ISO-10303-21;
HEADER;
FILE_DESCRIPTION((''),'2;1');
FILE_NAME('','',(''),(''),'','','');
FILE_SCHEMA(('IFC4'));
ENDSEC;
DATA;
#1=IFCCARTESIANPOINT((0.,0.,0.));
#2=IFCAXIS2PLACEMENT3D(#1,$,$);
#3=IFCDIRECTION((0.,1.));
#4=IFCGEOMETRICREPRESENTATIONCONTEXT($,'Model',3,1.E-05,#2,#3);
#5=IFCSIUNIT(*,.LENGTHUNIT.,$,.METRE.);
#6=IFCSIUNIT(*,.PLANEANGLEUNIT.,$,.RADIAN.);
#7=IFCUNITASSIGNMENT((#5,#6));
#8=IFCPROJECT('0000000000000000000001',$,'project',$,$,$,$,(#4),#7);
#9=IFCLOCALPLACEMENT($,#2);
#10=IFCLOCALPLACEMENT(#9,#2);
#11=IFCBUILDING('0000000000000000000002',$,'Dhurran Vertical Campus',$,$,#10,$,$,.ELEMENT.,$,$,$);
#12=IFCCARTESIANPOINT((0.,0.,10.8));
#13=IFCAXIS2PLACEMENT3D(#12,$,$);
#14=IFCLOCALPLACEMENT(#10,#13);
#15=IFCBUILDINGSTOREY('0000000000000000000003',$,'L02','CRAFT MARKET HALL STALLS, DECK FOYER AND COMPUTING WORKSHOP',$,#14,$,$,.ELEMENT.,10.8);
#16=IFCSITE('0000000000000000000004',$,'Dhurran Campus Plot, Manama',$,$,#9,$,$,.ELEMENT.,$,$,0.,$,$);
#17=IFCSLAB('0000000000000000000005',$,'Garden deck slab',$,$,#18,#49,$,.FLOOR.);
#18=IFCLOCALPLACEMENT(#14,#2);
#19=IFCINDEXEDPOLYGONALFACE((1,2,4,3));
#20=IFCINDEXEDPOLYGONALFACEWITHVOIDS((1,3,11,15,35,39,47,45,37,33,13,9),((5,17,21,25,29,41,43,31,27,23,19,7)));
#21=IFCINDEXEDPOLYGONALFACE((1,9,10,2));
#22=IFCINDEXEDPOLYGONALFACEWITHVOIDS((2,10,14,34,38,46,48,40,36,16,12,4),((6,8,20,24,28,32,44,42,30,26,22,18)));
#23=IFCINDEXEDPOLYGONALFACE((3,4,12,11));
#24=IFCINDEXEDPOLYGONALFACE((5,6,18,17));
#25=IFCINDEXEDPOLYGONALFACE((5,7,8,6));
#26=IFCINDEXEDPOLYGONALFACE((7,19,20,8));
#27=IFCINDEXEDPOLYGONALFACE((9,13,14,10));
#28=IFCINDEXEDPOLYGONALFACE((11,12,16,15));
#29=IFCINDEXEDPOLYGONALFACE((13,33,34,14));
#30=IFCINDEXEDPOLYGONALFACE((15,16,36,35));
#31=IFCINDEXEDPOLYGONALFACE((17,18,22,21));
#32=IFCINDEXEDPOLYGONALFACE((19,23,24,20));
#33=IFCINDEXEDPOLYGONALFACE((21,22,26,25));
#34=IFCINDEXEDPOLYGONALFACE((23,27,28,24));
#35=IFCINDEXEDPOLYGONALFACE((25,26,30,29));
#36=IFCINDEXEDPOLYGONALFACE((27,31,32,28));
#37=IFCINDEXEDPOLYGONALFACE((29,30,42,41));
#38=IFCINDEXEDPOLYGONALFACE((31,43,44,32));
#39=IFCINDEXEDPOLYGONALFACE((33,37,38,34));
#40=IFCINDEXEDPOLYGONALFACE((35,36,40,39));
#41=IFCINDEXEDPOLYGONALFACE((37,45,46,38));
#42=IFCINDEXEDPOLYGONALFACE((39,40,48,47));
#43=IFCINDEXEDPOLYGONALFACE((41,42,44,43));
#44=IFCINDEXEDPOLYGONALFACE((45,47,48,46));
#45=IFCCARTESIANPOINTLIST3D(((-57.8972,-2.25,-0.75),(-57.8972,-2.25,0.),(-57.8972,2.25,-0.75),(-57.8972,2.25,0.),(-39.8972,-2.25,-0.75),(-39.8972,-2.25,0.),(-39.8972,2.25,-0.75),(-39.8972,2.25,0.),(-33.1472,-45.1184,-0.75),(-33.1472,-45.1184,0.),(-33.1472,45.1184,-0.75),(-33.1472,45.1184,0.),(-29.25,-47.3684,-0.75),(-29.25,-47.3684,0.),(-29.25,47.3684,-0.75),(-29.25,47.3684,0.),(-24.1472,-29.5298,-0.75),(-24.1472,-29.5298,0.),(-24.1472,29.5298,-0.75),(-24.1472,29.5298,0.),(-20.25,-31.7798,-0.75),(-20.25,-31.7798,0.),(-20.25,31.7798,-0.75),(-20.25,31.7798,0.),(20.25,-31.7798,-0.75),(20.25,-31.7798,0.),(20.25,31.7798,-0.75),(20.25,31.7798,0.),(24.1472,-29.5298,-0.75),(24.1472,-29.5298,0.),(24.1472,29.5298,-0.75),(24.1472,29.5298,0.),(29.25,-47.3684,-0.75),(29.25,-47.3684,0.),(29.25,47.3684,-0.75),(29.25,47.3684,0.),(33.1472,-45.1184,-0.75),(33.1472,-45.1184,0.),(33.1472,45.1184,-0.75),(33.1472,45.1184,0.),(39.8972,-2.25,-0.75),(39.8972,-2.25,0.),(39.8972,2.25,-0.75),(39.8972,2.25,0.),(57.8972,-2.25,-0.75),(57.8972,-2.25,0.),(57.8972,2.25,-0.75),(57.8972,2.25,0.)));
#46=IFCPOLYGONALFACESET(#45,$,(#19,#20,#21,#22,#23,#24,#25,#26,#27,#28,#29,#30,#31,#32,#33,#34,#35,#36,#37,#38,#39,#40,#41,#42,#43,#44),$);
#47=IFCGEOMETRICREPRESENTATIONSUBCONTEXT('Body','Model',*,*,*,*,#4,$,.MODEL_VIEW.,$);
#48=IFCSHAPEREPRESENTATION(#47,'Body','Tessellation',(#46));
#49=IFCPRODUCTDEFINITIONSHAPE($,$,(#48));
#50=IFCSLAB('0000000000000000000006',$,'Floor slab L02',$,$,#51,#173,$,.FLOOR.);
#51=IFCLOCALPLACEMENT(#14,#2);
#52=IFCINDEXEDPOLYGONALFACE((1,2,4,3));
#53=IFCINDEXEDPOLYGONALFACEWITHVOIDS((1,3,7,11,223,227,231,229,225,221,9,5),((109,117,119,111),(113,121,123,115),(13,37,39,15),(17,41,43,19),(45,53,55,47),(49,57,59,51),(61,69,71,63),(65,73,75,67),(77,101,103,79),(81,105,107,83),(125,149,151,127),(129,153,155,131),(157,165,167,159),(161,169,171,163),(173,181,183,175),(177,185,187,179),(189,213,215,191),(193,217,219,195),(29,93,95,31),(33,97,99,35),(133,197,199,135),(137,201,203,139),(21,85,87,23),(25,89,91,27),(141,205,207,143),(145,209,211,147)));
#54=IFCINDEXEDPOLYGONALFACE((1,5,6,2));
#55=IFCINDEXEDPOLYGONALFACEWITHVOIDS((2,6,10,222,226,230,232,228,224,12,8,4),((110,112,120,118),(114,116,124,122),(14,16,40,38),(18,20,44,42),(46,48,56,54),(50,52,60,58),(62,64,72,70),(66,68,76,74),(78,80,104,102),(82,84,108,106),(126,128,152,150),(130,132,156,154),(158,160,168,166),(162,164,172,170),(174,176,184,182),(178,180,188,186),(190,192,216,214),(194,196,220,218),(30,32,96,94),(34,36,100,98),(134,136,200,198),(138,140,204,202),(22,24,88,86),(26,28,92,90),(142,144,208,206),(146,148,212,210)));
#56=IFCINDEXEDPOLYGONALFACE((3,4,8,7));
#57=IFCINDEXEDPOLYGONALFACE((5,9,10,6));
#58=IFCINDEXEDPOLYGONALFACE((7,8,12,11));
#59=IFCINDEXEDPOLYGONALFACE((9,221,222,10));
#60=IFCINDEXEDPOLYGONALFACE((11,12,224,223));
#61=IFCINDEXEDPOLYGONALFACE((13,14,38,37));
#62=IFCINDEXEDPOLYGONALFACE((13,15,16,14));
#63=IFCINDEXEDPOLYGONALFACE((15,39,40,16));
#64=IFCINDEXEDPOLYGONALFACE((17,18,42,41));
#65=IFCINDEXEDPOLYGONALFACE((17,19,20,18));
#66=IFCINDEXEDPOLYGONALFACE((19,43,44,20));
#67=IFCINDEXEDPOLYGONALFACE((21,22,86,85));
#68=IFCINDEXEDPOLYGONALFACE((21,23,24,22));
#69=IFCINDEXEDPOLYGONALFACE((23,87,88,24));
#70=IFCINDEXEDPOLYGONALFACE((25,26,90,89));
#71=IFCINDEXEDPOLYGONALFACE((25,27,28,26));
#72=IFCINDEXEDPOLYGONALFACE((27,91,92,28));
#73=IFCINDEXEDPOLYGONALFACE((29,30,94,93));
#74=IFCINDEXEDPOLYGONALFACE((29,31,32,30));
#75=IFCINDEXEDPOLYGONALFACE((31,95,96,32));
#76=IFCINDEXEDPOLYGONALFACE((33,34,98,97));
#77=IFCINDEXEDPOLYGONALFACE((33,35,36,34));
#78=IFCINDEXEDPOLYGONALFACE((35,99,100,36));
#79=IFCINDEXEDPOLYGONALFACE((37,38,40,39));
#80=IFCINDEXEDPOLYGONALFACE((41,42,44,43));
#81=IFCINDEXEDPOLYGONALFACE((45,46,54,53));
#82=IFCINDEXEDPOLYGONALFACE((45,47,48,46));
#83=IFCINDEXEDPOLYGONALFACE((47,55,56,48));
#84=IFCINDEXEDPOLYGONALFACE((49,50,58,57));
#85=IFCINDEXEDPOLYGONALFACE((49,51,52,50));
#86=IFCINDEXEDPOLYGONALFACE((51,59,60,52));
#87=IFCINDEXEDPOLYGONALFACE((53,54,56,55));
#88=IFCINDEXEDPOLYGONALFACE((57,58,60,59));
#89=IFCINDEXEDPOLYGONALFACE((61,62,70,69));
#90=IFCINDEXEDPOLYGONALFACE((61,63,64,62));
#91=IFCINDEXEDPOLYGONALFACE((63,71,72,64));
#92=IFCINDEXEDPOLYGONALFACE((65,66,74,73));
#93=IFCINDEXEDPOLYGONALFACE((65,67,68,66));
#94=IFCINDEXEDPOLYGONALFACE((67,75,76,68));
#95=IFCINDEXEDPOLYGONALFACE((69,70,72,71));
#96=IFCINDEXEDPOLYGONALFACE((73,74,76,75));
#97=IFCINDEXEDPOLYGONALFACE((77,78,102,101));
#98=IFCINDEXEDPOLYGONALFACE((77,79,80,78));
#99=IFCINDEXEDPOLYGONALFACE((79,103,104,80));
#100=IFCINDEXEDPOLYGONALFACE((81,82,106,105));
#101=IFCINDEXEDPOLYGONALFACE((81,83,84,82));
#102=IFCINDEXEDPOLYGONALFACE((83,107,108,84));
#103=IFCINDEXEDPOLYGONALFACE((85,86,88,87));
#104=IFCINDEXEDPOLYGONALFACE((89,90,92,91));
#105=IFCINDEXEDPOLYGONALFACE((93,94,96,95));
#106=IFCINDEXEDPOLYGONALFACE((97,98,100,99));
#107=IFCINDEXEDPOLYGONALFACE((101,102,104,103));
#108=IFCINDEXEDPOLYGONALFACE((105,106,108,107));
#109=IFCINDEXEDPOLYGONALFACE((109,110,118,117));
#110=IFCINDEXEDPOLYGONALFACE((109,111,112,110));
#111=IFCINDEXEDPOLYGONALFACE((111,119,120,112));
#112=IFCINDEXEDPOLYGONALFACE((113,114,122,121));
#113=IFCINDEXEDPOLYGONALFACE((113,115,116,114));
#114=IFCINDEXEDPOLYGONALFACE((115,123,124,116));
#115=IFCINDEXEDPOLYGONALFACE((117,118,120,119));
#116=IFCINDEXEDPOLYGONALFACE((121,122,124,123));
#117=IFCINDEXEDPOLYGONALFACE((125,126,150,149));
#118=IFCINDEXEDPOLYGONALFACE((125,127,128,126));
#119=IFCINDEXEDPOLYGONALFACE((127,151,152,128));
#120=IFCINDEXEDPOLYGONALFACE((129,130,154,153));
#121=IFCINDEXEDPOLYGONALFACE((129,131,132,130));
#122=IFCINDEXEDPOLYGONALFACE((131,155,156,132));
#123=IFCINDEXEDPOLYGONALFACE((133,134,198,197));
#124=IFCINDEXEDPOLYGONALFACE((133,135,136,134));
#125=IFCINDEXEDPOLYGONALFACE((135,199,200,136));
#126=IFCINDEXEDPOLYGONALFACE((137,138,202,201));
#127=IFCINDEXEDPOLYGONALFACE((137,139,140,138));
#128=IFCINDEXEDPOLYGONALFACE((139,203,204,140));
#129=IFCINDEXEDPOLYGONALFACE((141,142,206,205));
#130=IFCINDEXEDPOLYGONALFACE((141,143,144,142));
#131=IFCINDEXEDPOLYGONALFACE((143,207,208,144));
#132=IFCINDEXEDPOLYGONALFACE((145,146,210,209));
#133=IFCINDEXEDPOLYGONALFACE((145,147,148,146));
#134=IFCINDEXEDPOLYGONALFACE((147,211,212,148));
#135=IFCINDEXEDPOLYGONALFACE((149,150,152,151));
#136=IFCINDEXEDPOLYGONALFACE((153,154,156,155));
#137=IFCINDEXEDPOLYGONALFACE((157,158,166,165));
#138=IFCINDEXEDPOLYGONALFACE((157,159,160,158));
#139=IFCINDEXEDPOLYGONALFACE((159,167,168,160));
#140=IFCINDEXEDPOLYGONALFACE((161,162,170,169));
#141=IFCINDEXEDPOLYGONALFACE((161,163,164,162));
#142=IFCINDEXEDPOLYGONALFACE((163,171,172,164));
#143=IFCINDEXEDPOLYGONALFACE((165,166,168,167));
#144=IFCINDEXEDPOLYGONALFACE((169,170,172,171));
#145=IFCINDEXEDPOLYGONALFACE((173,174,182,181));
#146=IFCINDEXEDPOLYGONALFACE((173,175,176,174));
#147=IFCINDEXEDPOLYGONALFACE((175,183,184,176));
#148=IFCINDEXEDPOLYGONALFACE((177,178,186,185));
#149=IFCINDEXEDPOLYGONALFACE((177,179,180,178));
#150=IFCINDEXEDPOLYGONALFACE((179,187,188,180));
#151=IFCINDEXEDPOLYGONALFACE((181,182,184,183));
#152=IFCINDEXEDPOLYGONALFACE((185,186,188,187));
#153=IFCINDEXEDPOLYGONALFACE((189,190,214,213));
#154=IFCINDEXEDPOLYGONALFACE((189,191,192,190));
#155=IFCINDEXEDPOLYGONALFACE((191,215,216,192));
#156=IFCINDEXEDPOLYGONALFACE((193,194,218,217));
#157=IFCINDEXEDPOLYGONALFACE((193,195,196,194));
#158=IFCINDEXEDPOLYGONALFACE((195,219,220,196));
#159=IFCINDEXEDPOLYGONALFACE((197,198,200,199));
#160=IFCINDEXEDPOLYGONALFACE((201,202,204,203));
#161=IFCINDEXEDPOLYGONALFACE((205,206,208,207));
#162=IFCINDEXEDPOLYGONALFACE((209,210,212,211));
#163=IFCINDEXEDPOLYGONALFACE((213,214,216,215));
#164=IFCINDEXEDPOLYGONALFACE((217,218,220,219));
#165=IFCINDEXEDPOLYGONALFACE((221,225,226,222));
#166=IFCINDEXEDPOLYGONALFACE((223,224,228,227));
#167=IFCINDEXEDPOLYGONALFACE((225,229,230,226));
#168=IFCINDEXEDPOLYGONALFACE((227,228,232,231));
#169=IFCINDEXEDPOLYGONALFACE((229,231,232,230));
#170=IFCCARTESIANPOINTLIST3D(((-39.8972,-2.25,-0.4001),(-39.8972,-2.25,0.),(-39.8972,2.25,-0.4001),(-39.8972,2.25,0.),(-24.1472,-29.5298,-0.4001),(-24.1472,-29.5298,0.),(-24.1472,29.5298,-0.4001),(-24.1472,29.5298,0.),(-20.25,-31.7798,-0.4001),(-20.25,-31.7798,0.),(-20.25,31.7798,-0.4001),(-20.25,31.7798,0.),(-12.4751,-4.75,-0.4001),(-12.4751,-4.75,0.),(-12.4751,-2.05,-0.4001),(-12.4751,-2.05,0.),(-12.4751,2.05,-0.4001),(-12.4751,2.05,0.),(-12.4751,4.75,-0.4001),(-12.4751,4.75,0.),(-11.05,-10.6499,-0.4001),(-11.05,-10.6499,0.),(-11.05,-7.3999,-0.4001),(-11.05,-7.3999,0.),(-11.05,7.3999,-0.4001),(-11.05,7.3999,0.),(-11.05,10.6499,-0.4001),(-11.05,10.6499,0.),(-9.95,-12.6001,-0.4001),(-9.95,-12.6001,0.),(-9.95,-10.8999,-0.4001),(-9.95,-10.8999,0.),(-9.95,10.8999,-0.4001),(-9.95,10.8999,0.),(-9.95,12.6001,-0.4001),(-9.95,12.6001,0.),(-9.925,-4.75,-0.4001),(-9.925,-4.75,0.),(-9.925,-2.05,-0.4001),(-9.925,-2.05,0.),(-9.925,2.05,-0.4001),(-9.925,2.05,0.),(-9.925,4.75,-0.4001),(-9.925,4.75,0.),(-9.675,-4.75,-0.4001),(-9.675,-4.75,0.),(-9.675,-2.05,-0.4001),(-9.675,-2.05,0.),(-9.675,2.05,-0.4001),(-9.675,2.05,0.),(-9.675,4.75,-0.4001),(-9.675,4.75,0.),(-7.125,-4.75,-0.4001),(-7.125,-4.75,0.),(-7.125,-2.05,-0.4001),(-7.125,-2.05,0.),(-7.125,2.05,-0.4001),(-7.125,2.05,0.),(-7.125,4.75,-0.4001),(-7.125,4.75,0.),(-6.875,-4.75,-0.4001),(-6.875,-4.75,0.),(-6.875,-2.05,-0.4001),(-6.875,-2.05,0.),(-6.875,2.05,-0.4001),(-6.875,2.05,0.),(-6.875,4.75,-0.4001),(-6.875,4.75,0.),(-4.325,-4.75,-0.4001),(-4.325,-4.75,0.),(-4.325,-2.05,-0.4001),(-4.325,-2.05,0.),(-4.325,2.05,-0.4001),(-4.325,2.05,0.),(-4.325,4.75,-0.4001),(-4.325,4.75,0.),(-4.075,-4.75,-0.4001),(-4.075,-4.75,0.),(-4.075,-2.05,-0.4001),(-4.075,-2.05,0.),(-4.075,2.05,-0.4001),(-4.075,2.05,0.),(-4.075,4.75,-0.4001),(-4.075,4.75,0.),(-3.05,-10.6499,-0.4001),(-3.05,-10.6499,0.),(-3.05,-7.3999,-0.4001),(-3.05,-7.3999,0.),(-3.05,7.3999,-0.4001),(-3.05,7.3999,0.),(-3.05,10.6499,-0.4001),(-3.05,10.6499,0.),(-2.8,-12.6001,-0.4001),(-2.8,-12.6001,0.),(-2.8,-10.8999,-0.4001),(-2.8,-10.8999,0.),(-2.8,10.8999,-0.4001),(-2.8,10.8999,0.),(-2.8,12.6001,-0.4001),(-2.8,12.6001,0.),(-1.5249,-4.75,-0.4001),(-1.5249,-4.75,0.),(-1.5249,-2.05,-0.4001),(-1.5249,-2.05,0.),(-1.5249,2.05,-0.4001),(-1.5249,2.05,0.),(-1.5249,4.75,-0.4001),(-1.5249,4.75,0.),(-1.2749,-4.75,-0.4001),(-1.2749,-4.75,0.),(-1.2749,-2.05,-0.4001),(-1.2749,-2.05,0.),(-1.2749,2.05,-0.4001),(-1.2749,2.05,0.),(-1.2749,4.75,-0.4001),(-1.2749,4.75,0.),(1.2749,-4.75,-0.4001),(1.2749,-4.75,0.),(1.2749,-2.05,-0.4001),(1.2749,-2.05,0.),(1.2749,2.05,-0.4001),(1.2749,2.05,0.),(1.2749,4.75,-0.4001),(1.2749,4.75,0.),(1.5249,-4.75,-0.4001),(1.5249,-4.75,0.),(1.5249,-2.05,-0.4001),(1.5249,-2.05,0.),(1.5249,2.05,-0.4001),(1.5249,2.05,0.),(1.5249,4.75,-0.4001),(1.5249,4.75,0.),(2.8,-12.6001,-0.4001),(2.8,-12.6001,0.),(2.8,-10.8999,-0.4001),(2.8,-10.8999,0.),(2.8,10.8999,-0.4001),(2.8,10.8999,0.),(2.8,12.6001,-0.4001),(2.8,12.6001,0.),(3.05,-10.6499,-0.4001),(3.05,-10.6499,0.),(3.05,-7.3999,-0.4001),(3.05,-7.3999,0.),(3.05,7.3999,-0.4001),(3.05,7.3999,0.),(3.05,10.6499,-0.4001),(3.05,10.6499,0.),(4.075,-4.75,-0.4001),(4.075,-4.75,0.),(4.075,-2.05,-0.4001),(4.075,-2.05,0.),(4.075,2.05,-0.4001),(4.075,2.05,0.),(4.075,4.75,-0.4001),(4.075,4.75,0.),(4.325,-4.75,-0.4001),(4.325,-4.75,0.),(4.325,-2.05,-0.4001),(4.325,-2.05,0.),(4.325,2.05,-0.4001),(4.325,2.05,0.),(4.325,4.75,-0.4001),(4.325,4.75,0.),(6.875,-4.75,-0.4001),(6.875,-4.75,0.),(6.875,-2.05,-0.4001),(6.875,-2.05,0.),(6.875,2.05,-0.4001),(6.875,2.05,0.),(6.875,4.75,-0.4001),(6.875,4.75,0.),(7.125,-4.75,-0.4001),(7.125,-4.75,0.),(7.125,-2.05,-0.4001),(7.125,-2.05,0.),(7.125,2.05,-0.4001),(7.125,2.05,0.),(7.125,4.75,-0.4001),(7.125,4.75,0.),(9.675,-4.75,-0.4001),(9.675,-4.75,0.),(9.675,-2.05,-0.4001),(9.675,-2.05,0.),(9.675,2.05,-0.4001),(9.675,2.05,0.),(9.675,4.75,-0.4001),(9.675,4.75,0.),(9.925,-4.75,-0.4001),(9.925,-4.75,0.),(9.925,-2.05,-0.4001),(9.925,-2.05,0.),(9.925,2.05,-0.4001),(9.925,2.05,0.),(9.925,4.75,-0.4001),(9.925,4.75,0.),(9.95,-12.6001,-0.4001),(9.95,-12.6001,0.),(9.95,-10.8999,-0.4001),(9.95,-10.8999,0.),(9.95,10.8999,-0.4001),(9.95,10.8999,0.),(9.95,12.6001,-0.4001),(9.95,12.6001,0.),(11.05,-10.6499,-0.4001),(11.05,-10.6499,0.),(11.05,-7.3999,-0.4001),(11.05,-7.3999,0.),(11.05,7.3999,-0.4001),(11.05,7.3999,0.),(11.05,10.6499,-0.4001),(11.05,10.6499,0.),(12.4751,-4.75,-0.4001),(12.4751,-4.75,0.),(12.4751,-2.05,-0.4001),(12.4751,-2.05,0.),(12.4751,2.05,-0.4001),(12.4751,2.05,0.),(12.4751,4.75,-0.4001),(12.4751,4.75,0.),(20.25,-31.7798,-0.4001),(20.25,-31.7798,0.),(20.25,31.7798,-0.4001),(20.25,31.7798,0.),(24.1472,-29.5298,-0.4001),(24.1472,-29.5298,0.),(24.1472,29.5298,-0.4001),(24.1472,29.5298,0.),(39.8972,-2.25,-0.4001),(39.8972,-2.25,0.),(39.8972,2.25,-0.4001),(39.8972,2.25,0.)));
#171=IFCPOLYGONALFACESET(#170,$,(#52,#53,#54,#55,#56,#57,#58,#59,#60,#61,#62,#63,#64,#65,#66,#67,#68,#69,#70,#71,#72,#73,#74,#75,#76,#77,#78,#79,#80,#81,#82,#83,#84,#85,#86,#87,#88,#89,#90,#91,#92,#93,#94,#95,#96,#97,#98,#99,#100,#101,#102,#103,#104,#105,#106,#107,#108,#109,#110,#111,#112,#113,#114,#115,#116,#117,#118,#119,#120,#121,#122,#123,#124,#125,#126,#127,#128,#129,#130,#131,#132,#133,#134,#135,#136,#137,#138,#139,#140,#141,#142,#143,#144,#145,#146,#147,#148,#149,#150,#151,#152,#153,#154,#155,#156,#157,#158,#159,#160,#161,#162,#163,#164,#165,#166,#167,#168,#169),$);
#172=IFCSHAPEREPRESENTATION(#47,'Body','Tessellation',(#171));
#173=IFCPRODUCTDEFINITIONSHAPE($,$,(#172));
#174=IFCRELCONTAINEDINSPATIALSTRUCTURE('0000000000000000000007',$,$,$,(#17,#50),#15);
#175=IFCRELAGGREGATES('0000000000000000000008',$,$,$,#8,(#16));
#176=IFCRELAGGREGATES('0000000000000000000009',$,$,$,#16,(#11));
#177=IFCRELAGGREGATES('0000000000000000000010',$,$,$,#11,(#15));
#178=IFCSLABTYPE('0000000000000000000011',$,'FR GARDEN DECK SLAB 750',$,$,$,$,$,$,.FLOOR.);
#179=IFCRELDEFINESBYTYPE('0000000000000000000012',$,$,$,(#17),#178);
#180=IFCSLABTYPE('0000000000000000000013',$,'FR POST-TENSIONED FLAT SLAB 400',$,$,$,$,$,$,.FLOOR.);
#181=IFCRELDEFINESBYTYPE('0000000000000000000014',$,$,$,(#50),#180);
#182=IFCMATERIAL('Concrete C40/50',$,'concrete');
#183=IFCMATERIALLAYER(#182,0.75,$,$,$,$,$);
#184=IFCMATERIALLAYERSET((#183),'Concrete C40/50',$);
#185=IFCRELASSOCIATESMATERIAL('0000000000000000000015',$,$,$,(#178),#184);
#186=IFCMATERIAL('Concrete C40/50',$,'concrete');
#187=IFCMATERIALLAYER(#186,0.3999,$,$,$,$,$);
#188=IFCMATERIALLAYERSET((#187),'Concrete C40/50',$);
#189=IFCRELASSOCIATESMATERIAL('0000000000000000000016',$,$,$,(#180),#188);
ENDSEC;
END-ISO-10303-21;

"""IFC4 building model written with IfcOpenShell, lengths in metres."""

from ifc_helpers import new_model, si_unit, direction, frame, origin, place, context, subcontext, project, spatial, polyline, outline, extrude, material, layer, layer_set, type_object, element, save


model = new_model("IFC4")

# Units and contexts
model_context = context("Model", 3, precision=1e-05, world=origin(), true_north=direction((0.0, 1.0)))
body_context = subcontext(model_context, "Body", "Model", "MODEL_VIEW")
ifc_project = project(units=[si_unit("LENGTHUNIT", "METRE"), si_unit("PLANEANGLEUNIT", "RADIAN")], contexts=[model_context])

# Site, building, storey
site_placement = place(None, origin())
site = spatial("IfcSite", under=ifc_project, at=site_placement, Name="Dhurran Campus Plot, Manama", CompositionType="ELEMENT", RefElevation=0.0)
building_placement = place(site_placement, origin())
building = spatial("IfcBuilding", under=site, at=building_placement, Name="Dhurran Vertical Campus", CompositionType="ELEMENT")
storey_placement = place(building_placement, frame((0.0, 0.0, 10.8)))
storey = spatial("IfcBuildingStorey", under=building, at=storey_placement, Name="L02", Description="CRAFT MARKET HALL STALLS, DECK FOYER AND COMPUTING WORKSHOP", CompositionType="ELEMENT", Elevation=10.8)

# Slabs
ifc_material_1 = material(Name="Concrete C40/50", Category="concrete")
ifc_layer_1 = layer(ifc_material_1, 0.75)
ifc_layer_set_1 = layer_set([ifc_layer_1], Name="Concrete C40/50")
slab_type_1 = type_object("IfcSlabType", Name="FR GARDEN DECK SLAB 750", PredefinedType="FLOOR", material=ifc_layer_set_1)
slab_1_placement = place(storey_placement, frame((0.0, 0.0, -0.75)))
element("IfcSlab", 1, at=slab_1_placement, inside=storey, type_object=slab_type_1, Name="Garden deck slab", PredefinedType="FLOOR", context=body_context, shape_type="SweptSolid", body=[
    extrude(outline(polyline([(-29.25, -47.3684), (29.25, -47.3684), (33.1472, -45.1184), (57.8972, -2.25), (57.8972, 2.25), (33.1472, 45.1184), (29.25, 47.3684), (-29.25, 47.3684), (-33.1472, 45.1184), (-57.8972, 2.25), (-57.8972, -2.25), (-33.1472, -45.1184), (-29.25, -47.3684)]), holes=[polyline([(-20.25, -31.7798), (20.25, -31.7798), (24.1472, -29.5298), (39.8972, -2.25), (39.8972, 2.25), (24.1472, 29.5298), (20.25, 31.7798), (-20.25, 31.7798), (-24.1472, 29.5298), (-39.8972, 2.25), (-39.8972, -2.25), (-24.1472, -29.5298), (-20.25, -31.7798)])]), origin(), (0.0, 0.0, 1.0), 0.75),
])
ifc_material_2 = material(Name="Concrete C40/50", Category="concrete")
ifc_layer_2 = layer(ifc_material_2, 0.3999)
ifc_layer_set_2 = layer_set([ifc_layer_2], Name="Concrete C40/50")
slab_type_2 = type_object("IfcSlabType", Name="FR POST-TENSIONED FLAT SLAB 400", PredefinedType="FLOOR", material=ifc_layer_set_2)
slab_2_placement = place(storey_placement, frame((0.0, 0.0, -0.4001)))
element("IfcSlab", 2, at=slab_2_placement, inside=storey, type_object=slab_type_2, Name="Floor slab L02", PredefinedType="FLOOR", context=body_context, shape_type="SweptSolid", body=[
    extrude(outline(polyline([(-20.25, -31.7798), (20.25, -31.7798), (24.1472, -29.5298), (39.8972, -2.25), (39.8972, 2.25), (24.1472, 29.5298), (20.25, 31.7798), (-20.25, 31.7798), (-24.1472, 29.5298), (-39.8972, 2.25), (-39.8972, -2.25), (-24.1472, -29.5298), (-20.25, -31.7798)]), holes=[polyline([(-12.4751, 2.05), (-9.925, 2.05), (-9.925, 4.75), (-12.4751, 4.75), (-12.4751, 2.05)]), polyline([(-9.675, 2.05), (-7.125, 2.05), (-7.125, 4.75), (-9.675, 4.75), (-9.675, 2.05)]), polyline([(-6.875, 2.05), (-4.325, 2.05), (-4.325, 4.75), (-6.875, 4.75), (-6.875, 2.05)]), polyline([(-1.2749, 2.05), (1.2749, 2.05), (1.2749, 4.75), (-1.2749, 4.75), (-1.2749, 2.05)]), polyline([(9.925, 2.05), (12.4751, 2.05), (12.4751, 4.75), (9.925, 4.75), (9.925, 2.05)]), polyline([(-1.2749, -4.75), (1.2749, -4.75), (1.2749, -2.05), (-1.2749, -2.05), (-1.2749, -4.75)]), polyline([(1.5249, -4.75), (4.075, -4.75), (4.075, -2.05), (1.5249, -2.05), (1.5249, -4.75)]), polyline([(4.325, -4.75), (6.875, -4.75), (6.875, -2.05), (4.325, -2.05), (4.325, -4.75)]), polyline([(7.125, -4.75), (9.675, -4.75), (9.675, -2.05), (7.125, -2.05), (7.125, -4.75)]), polyline([(9.925, -4.75), (12.4751, -4.75), (12.4751, -2.05), (9.925, -2.05), (9.925, -4.75)]), polyline([(-4.075, 2.05), (-1.5249, 2.05), (-1.5249, 4.75), (-4.075, 4.75), (-4.075, 2.05)]), polyline([(1.5249, 2.05), (4.075, 2.05), (4.075, 4.75), (1.5249, 4.75), (1.5249, 2.05)]), polyline([(4.325, 2.05), (6.875, 2.05), (6.875, 4.75), (4.325, 4.75), (4.325, 2.05)]), polyline([(7.125, 2.05), (9.675, 2.05), (9.675, 4.75), (7.125, 4.75), (7.125, 2.05)]), polyline([(-12.4751, -4.75), (-9.925, -4.75), (-9.925, -2.05), (-12.4751, -2.05), (-12.4751, -4.75)]), polyline([(-9.675, -4.75), (-7.125, -4.75), (-7.125, -2.05), (-9.675, -2.05), (-9.675, -4.75)]), polyline([(-6.875, -4.75), (-4.325, -4.75), (-4.325, -2.05), (-6.875, -2.05), (-6.875, -4.75)]), polyline([(-4.075, -4.75), (-1.5249, -4.75), (-1.5249, -2.05), (-4.075, -2.05), (-4.075, -4.75)]), polyline([(-11.05, 7.3999), (-3.05, 7.3999), (-3.05, 10.6499), (-11.05, 10.6499), (-11.05, 7.3999)]), polyline([(3.05, 7.3999), (11.05, 7.3999), (11.05, 10.6499), (3.05, 10.6499), (3.05, 7.3999)]), polyline([(-11.05, -10.6499), (-3.05, -10.6499), (-3.05, -7.3999), (-11.05, -7.3999), (-11.05, -10.6499)]), polyline([(3.05, -10.6499), (11.05, -10.6499), (11.05, -7.3999), (3.05, -7.3999), (3.05, -10.6499)]), polyline([(-9.95, 10.8999), (-9.95, 12.6001), (-2.8, 12.6001), (-2.8, 10.8999), (-9.95, 10.8999)]), polyline([(9.95, 12.6001), (9.95, 10.8999), (2.8, 10.8999), (2.8, 12.6001), (9.95, 12.6001)]), polyline([(-9.95, -12.6001), (-9.95, -10.8999), (-2.8, -10.8999), (-2.8, -12.6001), (-9.95, -12.6001)]), polyline([(9.95, -10.8999), (9.95, -12.6001), (2.8, -12.6001), (2.8, -10.8999), (9.95, -10.8999)])]), origin(), (0.0, 0.0, 1.0), 0.4001),
])

save(model, "model.ifc")
